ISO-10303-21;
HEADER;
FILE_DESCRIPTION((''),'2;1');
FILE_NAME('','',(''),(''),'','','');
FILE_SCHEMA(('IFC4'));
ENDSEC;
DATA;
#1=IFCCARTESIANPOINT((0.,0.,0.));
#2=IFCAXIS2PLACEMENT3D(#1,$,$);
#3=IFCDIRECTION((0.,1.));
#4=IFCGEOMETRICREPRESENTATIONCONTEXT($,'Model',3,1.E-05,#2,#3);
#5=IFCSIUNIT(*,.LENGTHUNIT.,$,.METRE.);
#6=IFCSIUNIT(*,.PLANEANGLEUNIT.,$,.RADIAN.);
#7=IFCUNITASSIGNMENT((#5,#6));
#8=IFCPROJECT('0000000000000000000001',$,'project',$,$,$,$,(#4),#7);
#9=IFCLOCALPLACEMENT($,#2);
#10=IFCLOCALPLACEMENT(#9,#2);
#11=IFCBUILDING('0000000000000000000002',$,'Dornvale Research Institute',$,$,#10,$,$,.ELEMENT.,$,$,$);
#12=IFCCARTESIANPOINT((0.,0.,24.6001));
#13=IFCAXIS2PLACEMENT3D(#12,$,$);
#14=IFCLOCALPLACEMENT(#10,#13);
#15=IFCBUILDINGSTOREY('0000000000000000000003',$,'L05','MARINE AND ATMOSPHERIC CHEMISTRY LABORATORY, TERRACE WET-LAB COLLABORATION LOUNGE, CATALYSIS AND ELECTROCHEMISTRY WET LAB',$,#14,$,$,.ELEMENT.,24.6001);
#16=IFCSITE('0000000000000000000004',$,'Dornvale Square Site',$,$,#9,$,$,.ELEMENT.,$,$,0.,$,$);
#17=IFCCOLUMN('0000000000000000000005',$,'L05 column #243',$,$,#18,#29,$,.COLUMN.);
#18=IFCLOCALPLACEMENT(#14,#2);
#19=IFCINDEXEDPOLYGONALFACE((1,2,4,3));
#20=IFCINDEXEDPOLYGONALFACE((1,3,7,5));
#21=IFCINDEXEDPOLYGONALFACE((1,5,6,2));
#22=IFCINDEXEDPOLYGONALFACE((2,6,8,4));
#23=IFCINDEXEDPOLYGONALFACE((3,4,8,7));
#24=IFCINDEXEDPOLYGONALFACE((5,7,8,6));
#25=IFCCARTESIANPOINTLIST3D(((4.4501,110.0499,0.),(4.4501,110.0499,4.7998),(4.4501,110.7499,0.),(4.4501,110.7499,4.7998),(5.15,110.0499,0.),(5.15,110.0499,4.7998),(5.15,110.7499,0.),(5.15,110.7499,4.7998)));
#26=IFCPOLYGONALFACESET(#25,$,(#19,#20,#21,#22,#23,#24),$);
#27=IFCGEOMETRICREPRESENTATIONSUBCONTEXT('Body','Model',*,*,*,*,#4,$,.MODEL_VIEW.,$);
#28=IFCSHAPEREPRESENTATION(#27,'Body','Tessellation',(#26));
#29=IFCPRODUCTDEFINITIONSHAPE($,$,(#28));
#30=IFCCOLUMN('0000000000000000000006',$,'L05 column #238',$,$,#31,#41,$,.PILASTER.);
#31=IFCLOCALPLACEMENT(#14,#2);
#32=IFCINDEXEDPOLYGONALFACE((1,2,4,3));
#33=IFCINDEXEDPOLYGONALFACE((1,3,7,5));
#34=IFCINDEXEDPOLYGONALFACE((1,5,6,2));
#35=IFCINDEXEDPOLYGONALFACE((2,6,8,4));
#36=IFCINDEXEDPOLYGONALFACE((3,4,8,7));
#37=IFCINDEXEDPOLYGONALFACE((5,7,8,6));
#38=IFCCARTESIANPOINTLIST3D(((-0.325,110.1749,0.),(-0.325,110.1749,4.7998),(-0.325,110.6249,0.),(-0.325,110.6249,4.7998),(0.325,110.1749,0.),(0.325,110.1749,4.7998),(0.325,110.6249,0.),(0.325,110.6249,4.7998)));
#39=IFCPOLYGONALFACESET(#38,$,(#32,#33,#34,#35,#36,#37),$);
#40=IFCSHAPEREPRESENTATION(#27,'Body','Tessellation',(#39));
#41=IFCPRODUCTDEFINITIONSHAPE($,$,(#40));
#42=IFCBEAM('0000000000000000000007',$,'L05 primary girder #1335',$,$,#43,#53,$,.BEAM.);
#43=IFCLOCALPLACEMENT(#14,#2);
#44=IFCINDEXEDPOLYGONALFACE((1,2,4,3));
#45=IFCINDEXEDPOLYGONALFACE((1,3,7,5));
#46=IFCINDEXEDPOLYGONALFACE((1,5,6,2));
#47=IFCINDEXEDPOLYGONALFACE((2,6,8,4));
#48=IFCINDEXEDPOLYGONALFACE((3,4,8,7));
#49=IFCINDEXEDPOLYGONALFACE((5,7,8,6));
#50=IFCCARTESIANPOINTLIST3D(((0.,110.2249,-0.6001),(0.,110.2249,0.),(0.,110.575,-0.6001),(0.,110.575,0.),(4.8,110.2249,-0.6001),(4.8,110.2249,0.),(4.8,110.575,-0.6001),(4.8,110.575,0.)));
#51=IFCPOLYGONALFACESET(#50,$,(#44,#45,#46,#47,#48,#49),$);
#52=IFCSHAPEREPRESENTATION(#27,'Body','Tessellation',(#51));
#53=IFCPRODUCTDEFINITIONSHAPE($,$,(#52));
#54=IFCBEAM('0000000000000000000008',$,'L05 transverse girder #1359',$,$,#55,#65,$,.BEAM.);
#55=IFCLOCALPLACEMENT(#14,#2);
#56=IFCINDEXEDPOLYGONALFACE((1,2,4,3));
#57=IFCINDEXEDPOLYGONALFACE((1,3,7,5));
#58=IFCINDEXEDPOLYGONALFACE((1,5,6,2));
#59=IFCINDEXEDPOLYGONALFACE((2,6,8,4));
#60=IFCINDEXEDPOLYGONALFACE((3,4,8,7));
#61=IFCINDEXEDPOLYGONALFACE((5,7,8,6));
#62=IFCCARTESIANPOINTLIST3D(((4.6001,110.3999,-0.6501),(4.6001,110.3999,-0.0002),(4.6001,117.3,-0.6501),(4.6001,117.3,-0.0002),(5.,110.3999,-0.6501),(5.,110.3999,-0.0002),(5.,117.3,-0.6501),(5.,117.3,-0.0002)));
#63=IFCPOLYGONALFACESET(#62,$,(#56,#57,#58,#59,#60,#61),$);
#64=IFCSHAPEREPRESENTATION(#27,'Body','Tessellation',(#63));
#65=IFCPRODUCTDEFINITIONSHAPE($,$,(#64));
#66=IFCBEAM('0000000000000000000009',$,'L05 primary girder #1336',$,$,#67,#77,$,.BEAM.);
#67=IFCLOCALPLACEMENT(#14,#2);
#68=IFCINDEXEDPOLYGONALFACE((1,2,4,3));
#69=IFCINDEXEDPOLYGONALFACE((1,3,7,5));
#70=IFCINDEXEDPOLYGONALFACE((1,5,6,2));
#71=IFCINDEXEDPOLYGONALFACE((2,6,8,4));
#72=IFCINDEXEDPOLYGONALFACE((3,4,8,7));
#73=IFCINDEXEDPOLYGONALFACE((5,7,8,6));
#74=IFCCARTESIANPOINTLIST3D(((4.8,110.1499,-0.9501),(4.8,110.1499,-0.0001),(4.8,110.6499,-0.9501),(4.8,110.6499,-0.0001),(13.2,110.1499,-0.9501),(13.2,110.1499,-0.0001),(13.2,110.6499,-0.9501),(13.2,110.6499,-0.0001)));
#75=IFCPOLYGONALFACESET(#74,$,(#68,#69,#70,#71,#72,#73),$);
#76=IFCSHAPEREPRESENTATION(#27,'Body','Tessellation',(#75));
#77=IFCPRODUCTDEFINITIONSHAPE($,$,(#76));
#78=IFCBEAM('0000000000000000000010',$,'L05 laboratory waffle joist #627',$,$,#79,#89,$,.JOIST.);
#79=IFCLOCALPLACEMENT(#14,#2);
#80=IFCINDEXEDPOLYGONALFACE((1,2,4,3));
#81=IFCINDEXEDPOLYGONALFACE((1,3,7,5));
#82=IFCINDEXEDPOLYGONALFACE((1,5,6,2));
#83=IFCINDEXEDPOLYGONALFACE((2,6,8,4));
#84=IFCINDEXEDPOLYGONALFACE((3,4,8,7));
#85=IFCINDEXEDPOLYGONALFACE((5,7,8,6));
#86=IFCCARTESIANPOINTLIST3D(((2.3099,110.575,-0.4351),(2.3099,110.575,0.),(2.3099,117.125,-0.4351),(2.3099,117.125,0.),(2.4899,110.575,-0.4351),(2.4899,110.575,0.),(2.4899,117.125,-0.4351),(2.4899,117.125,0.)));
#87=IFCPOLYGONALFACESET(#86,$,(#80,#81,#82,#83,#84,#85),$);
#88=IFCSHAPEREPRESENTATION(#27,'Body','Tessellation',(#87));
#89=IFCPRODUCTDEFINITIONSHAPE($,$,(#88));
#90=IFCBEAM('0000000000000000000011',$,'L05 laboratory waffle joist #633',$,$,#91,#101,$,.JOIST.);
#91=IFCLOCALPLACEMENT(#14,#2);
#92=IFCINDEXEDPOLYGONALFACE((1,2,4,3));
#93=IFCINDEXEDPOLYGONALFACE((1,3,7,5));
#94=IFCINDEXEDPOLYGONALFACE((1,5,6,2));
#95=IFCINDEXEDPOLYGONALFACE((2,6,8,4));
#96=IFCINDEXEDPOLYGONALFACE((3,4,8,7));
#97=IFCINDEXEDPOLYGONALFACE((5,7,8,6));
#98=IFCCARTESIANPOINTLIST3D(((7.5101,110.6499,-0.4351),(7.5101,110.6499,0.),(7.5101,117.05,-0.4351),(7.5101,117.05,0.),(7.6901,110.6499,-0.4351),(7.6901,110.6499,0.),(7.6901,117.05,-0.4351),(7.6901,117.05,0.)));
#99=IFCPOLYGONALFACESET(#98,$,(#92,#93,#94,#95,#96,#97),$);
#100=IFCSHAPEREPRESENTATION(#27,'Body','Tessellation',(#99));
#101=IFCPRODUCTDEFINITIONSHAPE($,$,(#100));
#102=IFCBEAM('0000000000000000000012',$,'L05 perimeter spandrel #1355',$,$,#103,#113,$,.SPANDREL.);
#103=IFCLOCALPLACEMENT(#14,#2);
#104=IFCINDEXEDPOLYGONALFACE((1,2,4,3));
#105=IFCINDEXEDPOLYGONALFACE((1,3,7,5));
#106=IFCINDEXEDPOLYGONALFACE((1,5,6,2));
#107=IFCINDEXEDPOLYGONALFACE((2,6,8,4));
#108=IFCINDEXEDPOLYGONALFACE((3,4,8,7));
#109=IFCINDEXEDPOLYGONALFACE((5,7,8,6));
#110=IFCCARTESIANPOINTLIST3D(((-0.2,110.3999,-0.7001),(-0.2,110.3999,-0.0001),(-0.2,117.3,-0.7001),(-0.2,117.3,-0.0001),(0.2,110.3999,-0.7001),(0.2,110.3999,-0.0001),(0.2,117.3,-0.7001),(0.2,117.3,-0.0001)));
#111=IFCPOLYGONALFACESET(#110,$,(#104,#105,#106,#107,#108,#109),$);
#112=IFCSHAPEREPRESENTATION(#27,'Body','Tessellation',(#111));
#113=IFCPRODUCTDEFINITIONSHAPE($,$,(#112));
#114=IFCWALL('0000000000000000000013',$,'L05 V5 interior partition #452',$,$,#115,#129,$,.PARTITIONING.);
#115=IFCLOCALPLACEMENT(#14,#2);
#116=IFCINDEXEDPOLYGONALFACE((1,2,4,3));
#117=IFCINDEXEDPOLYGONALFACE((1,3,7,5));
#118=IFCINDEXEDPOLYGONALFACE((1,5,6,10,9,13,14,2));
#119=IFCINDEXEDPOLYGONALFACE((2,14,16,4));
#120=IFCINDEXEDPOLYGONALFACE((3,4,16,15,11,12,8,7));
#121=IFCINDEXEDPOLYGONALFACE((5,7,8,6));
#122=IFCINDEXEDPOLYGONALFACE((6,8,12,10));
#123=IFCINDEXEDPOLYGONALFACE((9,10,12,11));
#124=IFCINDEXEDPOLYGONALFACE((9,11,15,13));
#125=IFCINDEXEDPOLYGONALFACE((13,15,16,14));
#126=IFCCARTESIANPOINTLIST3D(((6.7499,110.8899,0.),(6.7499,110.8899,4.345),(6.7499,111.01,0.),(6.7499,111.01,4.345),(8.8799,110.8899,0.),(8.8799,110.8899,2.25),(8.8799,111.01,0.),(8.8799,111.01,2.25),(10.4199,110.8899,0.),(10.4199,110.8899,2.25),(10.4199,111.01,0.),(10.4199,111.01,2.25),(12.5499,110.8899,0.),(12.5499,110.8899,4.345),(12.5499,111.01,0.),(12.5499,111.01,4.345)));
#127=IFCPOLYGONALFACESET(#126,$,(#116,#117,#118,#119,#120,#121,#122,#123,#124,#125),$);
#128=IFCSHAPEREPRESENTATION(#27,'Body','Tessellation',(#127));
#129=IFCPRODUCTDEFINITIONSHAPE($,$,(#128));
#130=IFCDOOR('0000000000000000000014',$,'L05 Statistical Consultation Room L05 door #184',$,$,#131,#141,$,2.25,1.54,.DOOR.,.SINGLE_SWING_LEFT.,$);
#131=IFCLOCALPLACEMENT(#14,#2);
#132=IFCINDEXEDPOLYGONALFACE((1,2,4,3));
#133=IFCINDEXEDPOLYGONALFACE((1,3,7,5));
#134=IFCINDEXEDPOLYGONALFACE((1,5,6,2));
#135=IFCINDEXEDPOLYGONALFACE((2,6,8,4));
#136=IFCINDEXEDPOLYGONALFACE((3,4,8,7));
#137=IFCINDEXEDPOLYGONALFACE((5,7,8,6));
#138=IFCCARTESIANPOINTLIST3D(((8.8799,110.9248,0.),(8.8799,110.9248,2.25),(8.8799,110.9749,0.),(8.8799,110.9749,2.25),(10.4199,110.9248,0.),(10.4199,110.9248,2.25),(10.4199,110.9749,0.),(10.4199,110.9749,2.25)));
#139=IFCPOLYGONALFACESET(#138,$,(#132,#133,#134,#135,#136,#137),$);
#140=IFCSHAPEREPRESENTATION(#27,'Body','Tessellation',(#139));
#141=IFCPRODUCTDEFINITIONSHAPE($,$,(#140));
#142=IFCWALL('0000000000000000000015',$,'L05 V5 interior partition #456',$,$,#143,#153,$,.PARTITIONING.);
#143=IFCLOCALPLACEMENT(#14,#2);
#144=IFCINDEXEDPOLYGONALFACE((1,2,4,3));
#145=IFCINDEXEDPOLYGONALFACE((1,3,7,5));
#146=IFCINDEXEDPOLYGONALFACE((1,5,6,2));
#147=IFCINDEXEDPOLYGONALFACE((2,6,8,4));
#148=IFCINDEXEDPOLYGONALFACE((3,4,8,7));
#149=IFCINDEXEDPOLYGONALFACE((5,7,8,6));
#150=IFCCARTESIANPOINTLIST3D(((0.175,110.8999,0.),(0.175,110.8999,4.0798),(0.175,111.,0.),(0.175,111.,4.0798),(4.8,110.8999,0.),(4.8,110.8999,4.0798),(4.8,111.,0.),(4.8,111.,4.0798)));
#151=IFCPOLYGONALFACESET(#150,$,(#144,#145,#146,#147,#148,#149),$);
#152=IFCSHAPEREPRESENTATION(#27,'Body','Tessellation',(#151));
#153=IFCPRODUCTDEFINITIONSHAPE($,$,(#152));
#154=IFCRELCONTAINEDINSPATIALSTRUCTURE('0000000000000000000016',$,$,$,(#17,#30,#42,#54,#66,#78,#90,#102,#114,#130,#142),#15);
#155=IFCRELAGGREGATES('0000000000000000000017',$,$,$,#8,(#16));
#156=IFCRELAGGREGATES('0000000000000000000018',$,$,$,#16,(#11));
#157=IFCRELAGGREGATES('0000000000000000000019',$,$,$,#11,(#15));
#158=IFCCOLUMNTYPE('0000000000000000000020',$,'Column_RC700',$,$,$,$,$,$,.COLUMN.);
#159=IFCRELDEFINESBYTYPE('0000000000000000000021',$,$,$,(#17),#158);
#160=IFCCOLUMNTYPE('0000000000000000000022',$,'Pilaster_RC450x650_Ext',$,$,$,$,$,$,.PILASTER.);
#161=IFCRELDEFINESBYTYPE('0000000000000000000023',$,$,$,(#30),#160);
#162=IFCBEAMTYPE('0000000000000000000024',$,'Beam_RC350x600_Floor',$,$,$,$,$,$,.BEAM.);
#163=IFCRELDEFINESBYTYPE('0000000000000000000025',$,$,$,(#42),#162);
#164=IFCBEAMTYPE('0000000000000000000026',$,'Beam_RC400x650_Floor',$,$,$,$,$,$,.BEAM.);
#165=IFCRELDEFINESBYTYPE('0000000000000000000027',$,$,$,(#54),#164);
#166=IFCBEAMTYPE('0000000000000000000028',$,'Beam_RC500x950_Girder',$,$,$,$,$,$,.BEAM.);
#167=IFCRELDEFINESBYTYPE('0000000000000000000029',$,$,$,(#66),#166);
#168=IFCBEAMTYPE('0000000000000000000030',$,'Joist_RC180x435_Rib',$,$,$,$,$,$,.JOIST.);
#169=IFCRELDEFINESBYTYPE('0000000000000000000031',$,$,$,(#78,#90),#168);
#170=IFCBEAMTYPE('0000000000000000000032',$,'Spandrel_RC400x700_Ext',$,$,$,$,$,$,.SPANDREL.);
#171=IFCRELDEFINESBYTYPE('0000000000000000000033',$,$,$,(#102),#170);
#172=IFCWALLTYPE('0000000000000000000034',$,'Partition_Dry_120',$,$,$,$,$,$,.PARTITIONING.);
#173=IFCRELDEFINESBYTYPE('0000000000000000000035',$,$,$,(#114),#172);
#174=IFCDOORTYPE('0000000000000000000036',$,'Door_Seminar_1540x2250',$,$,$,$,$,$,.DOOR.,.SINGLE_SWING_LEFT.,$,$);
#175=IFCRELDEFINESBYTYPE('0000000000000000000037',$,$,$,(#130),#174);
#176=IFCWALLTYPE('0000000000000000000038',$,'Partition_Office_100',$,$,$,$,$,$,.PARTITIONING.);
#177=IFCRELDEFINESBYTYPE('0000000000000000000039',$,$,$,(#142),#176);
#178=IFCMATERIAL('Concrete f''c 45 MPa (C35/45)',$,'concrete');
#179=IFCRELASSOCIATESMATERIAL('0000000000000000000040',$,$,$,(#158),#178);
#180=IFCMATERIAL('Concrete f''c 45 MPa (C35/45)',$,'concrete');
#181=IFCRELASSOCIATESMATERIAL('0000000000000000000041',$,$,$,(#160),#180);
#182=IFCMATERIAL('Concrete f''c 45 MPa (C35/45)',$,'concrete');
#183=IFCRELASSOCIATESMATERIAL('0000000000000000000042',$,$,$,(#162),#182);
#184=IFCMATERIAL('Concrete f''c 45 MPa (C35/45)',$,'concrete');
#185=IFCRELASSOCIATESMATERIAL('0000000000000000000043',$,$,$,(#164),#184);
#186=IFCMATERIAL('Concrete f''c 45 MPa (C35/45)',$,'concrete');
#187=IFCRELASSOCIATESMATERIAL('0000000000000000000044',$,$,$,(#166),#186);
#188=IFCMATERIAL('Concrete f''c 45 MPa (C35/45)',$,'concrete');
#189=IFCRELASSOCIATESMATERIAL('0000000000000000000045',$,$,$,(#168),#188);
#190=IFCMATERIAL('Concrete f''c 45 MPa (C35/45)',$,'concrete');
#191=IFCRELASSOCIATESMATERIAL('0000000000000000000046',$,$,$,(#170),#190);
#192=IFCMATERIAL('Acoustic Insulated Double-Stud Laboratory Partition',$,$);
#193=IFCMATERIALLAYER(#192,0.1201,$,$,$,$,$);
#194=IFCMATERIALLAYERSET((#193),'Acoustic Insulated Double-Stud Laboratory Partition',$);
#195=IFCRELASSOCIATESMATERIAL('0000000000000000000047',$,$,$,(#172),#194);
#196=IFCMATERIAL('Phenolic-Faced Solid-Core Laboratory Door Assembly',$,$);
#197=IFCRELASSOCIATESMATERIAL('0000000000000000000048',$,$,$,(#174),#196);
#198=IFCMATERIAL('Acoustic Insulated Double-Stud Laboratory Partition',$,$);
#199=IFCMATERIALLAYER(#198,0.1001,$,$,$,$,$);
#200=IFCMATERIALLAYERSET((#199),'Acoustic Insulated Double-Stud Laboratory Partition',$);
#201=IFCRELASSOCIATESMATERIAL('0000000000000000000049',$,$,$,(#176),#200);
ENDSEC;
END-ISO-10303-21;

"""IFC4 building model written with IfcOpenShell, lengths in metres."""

from ifc_helpers import new_model, si_unit, direction, frame, frame_2d, origin, origin_2d, place, context, subcontext, project, spatial, rectangle, extrude, material, layer, layer_set, material_profile, profile_set, type_object, element, fill, save


model = new_model("IFC4")

# Units and contexts
model_context = context("Model", 3, precision=1e-05, world=origin(), true_north=direction((0.0, 1.0)))
body_context = subcontext(model_context, "Body", "Model", "MODEL_VIEW")
ifc_project = project(units=[si_unit("LENGTHUNIT", "METRE"), si_unit("PLANEANGLEUNIT", "RADIAN")], contexts=[model_context])

# Site, building, storey
site_placement = place(None, origin())
site = spatial("IfcSite", under=ifc_project, at=site_placement, Name="Dornvale Square Site", CompositionType="ELEMENT", RefElevation=0.0)
building_placement = place(site_placement, origin())
building = spatial("IfcBuilding", under=site, at=building_placement, Name="Dornvale Research Institute", CompositionType="ELEMENT")
storey_placement = place(building_placement, frame((0.0, 0.0, 24.6001)))
storey = spatial("IfcBuildingStorey", under=building, at=storey_placement, Name="L05", Description="MARINE AND ATMOSPHERIC CHEMISTRY LABORATORY, TERRACE WET-LAB COLLABORATION LOUNGE, CATALYSIS AND ELECTROCHEMISTRY WET LAB", CompositionType="ELEMENT", Elevation=24.6001)

# Columns
ifc_material_1 = material(Name="Concrete f'c 45 MPa (C35/45)", Category="concrete")
ifc_material_profile_1 = material_profile(ifc_material_1, rectangle(XDim=0.7, YDim=0.7, at=origin_2d()), Name="RC 700x700")
ifc_profile_set_1 = profile_set([ifc_material_profile_1], Name="Concrete f'c 45 MPa (C35/45)")
column_type_1 = type_object("IfcColumnType", Name="Column_RC700", PredefinedType="COLUMN", material=ifc_profile_set_1)
column_1_placement = place(storey_placement, frame((4.8, 110.3999, 0.0), z_axis=(0.0, 0.0, 1.0), x_axis=(1.0, 0.0, 0.0)))
element("IfcColumn", 1, at=column_1_placement, inside=storey, type_object=column_type_1, Name="L05 column #243", PredefinedType="COLUMN", context=body_context, shape_type="SweptSolid", body=[
    extrude(rectangle(XDim=0.7, YDim=0.7, at=origin_2d()), origin(), (0.0, 0.0, 1.0), 4.7998),
])
ifc_material_2 = material(Name="Concrete f'c 45 MPa (C35/45)", Category="concrete")
ifc_material_profile_2 = material_profile(ifc_material_2, rectangle(XDim=0.45, YDim=0.6499, at=origin_2d()), Name="RC 450x650")
ifc_profile_set_2 = profile_set([ifc_material_profile_2], Name="Concrete f'c 45 MPa (C35/45)")
column_type_2 = type_object("IfcColumnType", Name="Pilaster_RC450x650_Ext", PredefinedType="PILASTER", material=ifc_profile_set_2)
column_2_placement = place(storey_placement, frame((0.0, 110.3999, 0.0), z_axis=(0.0, 0.0, 1.0), x_axis=(0.0, 1.0, 0.0)))
element("IfcColumn", 2, at=column_2_placement, inside=storey, type_object=column_type_2, Name="L05 column #238", PredefinedType="PILASTER", context=body_context, shape_type="SweptSolid", body=[
    extrude(rectangle(XDim=0.45, YDim=0.6499, at=origin_2d()), origin(), (0.0, 0.0, 1.0), 4.7998),
])

# Beams
ifc_material_3 = material(Name="Concrete f'c 45 MPa (C35/45)", Category="concrete")
ifc_material_profile_3 = material_profile(ifc_material_3, rectangle(XDim=0.3501, YDim=0.6001, at=origin_2d()), Name="RC 350x600")
ifc_profile_set_3 = profile_set([ifc_material_profile_3], Name="Concrete f'c 45 MPa (C35/45)")
beam_type_1 = type_object("IfcBeamType", Name="Beam_RC350x600_Floor", PredefinedType="BEAM", material=ifc_profile_set_3)
beam_1_placement = place(storey_placement, frame((0.0, 110.3999, -0.3), z_axis=(1.0, 0.0, 0.0), x_axis=(0.0, 1.0, 0.0)))
element("IfcBeam", 3, at=beam_1_placement, inside=storey, type_object=beam_type_1, Name="L05 primary girder #1335", PredefinedType="BEAM", context=body_context, shape_type="SweptSolid", body=[
    extrude(rectangle(XDim=0.3501, YDim=0.6001, at=origin_2d()), origin(), (0.0, 0.0, 1.0), 4.8),
])
ifc_material_4 = material(Name="Concrete f'c 45 MPa (C35/45)", Category="concrete")
ifc_material_profile_4 = material_profile(ifc_material_4, rectangle(XDim=0.3999, YDim=0.6499, at=origin_2d()), Name="RC 400x650")
ifc_profile_set_4 = profile_set([ifc_material_profile_4], Name="Concrete f'c 45 MPa (C35/45)")
beam_type_2 = type_object("IfcBeamType", Name="Beam_RC400x650_Floor", PredefinedType="BEAM", material=ifc_profile_set_4)
beam_2_placement = place(storey_placement, frame((4.8, 110.3999, -0.3252), z_axis=(0.0, 1.0, 0.0), x_axis=(-1.0, 0.0, 0.0)))
element("IfcBeam", 4, at=beam_2_placement, inside=storey, type_object=beam_type_2, Name="L05 transverse girder #1359", PredefinedType="BEAM", context=body_context, shape_type="SweptSolid", body=[
    extrude(rectangle(XDim=0.3999, YDim=0.6499, at=origin_2d()), origin(), (0.0, 0.0, 1.0), 6.9001),
])
ifc_material_5 = material(Name="Concrete f'c 45 MPa (C35/45)", Category="concrete")
ifc_material_profile_5 = material_profile(ifc_material_5, rectangle(XDim=0.5, YDim=0.95, at=origin_2d()), Name="RC 500x950")
ifc_profile_set_5 = profile_set([ifc_material_profile_5], Name="Concrete f'c 45 MPa (C35/45)")
beam_type_3 = type_object("IfcBeamType", Name="Beam_RC500x950_Girder", PredefinedType="BEAM", material=ifc_profile_set_5)
beam_3_placement = place(storey_placement, frame((4.8, 110.3999, -0.4751), z_axis=(1.0, 0.0, 0.0), x_axis=(0.0, 1.0, 0.0)))
element("IfcBeam", 5, at=beam_3_placement, inside=storey, type_object=beam_type_3, Name="L05 primary girder #1336", PredefinedType="BEAM", context=body_context, shape_type="SweptSolid", body=[
    extrude(rectangle(XDim=0.5, YDim=0.95, at=origin_2d()), origin(), (0.0, 0.0, 1.0), 8.3999),
])
ifc_material_6 = material(Name="Concrete f'c 45 MPa (C35/45)", Category="concrete")
ifc_material_profile_6 = material_profile(ifc_material_6, rectangle(XDim=0.1799, YDim=0.4351, at=origin_2d()), Name="RC 180x435")
ifc_profile_set_6 = profile_set([ifc_material_profile_6], Name="Concrete f'c 45 MPa (C35/45)")
beam_type_4 = type_object("IfcBeamType", Name="Joist_RC180x435_Rib", PredefinedType="JOIST", material=ifc_profile_set_6)
beam_4_placement = place(storey_placement, frame((2.3999, 110.575, -0.2175), z_axis=(0.0, 1.0, 0.0), x_axis=(-1.0, 0.0, 0.0)))
element("IfcBeam", 6, at=beam_4_placement, inside=storey, type_object=beam_type_4, Name="L05 laboratory waffle joist #627", PredefinedType="JOIST", context=body_context, shape_type="SweptSolid", body=[
    extrude(rectangle(XDim=0.1799, YDim=0.4351, at=origin_2d()), origin(), (0.0, 0.0, 1.0), 6.55),
])
beam_5_placement = place(storey_placement, frame((7.6001, 110.6499, -0.2175), z_axis=(0.0, 1.0, 0.0), x_axis=(-1.0, 0.0, 0.0)))
element("IfcBeam", 7, at=beam_5_placement, inside=storey, type_object=beam_type_4, Name="L05 laboratory waffle joist #633", PredefinedType="JOIST", context=body_context, shape_type="SweptSolid", body=[
    extrude(rectangle(XDim=0.1799, YDim=0.4351, at=origin_2d()), origin(), (0.0, 0.0, 1.0), 6.4001),
])
ifc_material_7 = material(Name="Concrete f'c 45 MPa (C35/45)", Category="concrete")
ifc_material_profile_7 = material_profile(ifc_material_7, rectangle(XDim=0.3999, YDim=0.7, at=origin_2d()), Name="RC 400x700")
ifc_profile_set_7 = profile_set([ifc_material_profile_7], Name="Concrete f'c 45 MPa (C35/45)")
beam_type_5 = type_object("IfcBeamType", Name="Spandrel_RC400x700_Ext", PredefinedType="SPANDREL", material=ifc_profile_set_7)
beam_6_placement = place(storey_placement, frame((0.0, 110.3999, -0.3501), z_axis=(0.0, 1.0, 0.0), x_axis=(-1.0, 0.0, 0.0)))
element("IfcBeam", 8, at=beam_6_placement, inside=storey, type_object=beam_type_5, Name="L05 perimeter spandrel #1355", PredefinedType="SPANDREL", context=body_context, shape_type="SweptSolid", body=[
    extrude(rectangle(XDim=0.3999, YDim=0.7, at=origin_2d()), origin(), (0.0, 0.0, 1.0), 6.9001),
])

# Wall, opening, door
ifc_material_8 = material(Name="Acoustic Insulated Double-Stud Laboratory Partition")
ifc_layer_1 = layer(ifc_material_8, 0.1201)
ifc_layer_set_1 = layer_set([ifc_layer_1], Name="Acoustic Insulated Double-Stud Laboratory Partition")
wall_type_1 = type_object("IfcWallType", Name="Partition_Dry_120", PredefinedType="PARTITIONING", material=ifc_layer_set_1)
wall_1_placement = place(storey_placement, frame((6.75, 110.95, 0.0), z_axis=(0.0, 0.0, 1.0), x_axis=(1.0, 0.0, 0.0)))
wall_1 = element("IfcWall", 9, at=wall_1_placement, inside=storey, type_object=wall_type_1, Name="L05 V5 interior partition #452", PredefinedType="PARTITIONING", context=body_context, shape_type="SweptSolid", body=[
    extrude(rectangle(XDim=5.8, YDim=0.1201, at=frame_2d((2.8999, 0.0))), origin(), (0.0, 0.0, 1.0), 4.345),
])
opening_1_placement = place(wall_1_placement, frame((2.1299, 0.0, 0.0)))
opening_1 = element("IfcOpeningElement", 10, at=opening_1_placement, cuts=wall_1, PredefinedType="OPENING", context=body_context, shape_type="SweptSolid", body=[
    extrude(rectangle(XDim=1.54, YDim=2.25, at=frame_2d((0.77, 1.125))), frame((0.0, 0.075, 0.0), z_axis=(0.0, -1.0, 0.0), x_axis=(1.0, 0.0, 0.0)), (0.0, 0.0, 1.0), 0.1501),
])
ifc_material_9 = material(Name="Phenolic-Faced Solid-Core Laboratory Door Assembly")
door_type_1 = type_object("IfcDoorType", Name="Door_Seminar_1540x2250", OperationType="SINGLE_SWING_LEFT", PredefinedType="DOOR", material=ifc_material_9)
door_1_placement = place(opening_1_placement, origin())
door_1 = element("IfcDoor", 11, at=door_1_placement, inside=storey, type_object=door_type_1, Name="L05 Statistical Consultation Room L05 door #184", OperationType="SINGLE_SWING_LEFT", OverallHeight=2.25, OverallWidth=1.54, PredefinedType="DOOR", context=body_context, shape_type="SweptSolid", body=[
    extrude(rectangle(XDim=1.54, YDim=2.25, at=frame_2d((0.77, 1.125))), frame((0.0, 0.0249, 0.0), z_axis=(0.0, -1.0, 0.0), x_axis=(1.0, 0.0, 0.0)), (0.0, 0.0, 1.0), 0.05),
])
fill(opening_1, door_1)

# Wall
ifc_material_10 = material(Name="Acoustic Insulated Double-Stud Laboratory Partition")
ifc_layer_2 = layer(ifc_material_10, 0.1001)
ifc_layer_set_2 = layer_set([ifc_layer_2], Name="Acoustic Insulated Double-Stud Laboratory Partition")
wall_type_2 = type_object("IfcWallType", Name="Partition_Office_100", PredefinedType="PARTITIONING", material=ifc_layer_set_2)
wall_2_placement = place(storey_placement, frame((0.175, 110.95, 0.0), z_axis=(0.0, 0.0, 1.0), x_axis=(1.0, 0.0, 0.0)))
element("IfcWall", 12, at=wall_2_placement, inside=storey, type_object=wall_type_2, Name="L05 V5 interior partition #456", PredefinedType="PARTITIONING", context=body_context, shape_type="SweptSolid", body=[
    extrude(rectangle(XDim=4.625, YDim=0.1001, at=frame_2d((2.3125, 0.0))), origin(), (0.0, 0.0, 1.0), 4.0798),
])

save(model, "model.ifc")
